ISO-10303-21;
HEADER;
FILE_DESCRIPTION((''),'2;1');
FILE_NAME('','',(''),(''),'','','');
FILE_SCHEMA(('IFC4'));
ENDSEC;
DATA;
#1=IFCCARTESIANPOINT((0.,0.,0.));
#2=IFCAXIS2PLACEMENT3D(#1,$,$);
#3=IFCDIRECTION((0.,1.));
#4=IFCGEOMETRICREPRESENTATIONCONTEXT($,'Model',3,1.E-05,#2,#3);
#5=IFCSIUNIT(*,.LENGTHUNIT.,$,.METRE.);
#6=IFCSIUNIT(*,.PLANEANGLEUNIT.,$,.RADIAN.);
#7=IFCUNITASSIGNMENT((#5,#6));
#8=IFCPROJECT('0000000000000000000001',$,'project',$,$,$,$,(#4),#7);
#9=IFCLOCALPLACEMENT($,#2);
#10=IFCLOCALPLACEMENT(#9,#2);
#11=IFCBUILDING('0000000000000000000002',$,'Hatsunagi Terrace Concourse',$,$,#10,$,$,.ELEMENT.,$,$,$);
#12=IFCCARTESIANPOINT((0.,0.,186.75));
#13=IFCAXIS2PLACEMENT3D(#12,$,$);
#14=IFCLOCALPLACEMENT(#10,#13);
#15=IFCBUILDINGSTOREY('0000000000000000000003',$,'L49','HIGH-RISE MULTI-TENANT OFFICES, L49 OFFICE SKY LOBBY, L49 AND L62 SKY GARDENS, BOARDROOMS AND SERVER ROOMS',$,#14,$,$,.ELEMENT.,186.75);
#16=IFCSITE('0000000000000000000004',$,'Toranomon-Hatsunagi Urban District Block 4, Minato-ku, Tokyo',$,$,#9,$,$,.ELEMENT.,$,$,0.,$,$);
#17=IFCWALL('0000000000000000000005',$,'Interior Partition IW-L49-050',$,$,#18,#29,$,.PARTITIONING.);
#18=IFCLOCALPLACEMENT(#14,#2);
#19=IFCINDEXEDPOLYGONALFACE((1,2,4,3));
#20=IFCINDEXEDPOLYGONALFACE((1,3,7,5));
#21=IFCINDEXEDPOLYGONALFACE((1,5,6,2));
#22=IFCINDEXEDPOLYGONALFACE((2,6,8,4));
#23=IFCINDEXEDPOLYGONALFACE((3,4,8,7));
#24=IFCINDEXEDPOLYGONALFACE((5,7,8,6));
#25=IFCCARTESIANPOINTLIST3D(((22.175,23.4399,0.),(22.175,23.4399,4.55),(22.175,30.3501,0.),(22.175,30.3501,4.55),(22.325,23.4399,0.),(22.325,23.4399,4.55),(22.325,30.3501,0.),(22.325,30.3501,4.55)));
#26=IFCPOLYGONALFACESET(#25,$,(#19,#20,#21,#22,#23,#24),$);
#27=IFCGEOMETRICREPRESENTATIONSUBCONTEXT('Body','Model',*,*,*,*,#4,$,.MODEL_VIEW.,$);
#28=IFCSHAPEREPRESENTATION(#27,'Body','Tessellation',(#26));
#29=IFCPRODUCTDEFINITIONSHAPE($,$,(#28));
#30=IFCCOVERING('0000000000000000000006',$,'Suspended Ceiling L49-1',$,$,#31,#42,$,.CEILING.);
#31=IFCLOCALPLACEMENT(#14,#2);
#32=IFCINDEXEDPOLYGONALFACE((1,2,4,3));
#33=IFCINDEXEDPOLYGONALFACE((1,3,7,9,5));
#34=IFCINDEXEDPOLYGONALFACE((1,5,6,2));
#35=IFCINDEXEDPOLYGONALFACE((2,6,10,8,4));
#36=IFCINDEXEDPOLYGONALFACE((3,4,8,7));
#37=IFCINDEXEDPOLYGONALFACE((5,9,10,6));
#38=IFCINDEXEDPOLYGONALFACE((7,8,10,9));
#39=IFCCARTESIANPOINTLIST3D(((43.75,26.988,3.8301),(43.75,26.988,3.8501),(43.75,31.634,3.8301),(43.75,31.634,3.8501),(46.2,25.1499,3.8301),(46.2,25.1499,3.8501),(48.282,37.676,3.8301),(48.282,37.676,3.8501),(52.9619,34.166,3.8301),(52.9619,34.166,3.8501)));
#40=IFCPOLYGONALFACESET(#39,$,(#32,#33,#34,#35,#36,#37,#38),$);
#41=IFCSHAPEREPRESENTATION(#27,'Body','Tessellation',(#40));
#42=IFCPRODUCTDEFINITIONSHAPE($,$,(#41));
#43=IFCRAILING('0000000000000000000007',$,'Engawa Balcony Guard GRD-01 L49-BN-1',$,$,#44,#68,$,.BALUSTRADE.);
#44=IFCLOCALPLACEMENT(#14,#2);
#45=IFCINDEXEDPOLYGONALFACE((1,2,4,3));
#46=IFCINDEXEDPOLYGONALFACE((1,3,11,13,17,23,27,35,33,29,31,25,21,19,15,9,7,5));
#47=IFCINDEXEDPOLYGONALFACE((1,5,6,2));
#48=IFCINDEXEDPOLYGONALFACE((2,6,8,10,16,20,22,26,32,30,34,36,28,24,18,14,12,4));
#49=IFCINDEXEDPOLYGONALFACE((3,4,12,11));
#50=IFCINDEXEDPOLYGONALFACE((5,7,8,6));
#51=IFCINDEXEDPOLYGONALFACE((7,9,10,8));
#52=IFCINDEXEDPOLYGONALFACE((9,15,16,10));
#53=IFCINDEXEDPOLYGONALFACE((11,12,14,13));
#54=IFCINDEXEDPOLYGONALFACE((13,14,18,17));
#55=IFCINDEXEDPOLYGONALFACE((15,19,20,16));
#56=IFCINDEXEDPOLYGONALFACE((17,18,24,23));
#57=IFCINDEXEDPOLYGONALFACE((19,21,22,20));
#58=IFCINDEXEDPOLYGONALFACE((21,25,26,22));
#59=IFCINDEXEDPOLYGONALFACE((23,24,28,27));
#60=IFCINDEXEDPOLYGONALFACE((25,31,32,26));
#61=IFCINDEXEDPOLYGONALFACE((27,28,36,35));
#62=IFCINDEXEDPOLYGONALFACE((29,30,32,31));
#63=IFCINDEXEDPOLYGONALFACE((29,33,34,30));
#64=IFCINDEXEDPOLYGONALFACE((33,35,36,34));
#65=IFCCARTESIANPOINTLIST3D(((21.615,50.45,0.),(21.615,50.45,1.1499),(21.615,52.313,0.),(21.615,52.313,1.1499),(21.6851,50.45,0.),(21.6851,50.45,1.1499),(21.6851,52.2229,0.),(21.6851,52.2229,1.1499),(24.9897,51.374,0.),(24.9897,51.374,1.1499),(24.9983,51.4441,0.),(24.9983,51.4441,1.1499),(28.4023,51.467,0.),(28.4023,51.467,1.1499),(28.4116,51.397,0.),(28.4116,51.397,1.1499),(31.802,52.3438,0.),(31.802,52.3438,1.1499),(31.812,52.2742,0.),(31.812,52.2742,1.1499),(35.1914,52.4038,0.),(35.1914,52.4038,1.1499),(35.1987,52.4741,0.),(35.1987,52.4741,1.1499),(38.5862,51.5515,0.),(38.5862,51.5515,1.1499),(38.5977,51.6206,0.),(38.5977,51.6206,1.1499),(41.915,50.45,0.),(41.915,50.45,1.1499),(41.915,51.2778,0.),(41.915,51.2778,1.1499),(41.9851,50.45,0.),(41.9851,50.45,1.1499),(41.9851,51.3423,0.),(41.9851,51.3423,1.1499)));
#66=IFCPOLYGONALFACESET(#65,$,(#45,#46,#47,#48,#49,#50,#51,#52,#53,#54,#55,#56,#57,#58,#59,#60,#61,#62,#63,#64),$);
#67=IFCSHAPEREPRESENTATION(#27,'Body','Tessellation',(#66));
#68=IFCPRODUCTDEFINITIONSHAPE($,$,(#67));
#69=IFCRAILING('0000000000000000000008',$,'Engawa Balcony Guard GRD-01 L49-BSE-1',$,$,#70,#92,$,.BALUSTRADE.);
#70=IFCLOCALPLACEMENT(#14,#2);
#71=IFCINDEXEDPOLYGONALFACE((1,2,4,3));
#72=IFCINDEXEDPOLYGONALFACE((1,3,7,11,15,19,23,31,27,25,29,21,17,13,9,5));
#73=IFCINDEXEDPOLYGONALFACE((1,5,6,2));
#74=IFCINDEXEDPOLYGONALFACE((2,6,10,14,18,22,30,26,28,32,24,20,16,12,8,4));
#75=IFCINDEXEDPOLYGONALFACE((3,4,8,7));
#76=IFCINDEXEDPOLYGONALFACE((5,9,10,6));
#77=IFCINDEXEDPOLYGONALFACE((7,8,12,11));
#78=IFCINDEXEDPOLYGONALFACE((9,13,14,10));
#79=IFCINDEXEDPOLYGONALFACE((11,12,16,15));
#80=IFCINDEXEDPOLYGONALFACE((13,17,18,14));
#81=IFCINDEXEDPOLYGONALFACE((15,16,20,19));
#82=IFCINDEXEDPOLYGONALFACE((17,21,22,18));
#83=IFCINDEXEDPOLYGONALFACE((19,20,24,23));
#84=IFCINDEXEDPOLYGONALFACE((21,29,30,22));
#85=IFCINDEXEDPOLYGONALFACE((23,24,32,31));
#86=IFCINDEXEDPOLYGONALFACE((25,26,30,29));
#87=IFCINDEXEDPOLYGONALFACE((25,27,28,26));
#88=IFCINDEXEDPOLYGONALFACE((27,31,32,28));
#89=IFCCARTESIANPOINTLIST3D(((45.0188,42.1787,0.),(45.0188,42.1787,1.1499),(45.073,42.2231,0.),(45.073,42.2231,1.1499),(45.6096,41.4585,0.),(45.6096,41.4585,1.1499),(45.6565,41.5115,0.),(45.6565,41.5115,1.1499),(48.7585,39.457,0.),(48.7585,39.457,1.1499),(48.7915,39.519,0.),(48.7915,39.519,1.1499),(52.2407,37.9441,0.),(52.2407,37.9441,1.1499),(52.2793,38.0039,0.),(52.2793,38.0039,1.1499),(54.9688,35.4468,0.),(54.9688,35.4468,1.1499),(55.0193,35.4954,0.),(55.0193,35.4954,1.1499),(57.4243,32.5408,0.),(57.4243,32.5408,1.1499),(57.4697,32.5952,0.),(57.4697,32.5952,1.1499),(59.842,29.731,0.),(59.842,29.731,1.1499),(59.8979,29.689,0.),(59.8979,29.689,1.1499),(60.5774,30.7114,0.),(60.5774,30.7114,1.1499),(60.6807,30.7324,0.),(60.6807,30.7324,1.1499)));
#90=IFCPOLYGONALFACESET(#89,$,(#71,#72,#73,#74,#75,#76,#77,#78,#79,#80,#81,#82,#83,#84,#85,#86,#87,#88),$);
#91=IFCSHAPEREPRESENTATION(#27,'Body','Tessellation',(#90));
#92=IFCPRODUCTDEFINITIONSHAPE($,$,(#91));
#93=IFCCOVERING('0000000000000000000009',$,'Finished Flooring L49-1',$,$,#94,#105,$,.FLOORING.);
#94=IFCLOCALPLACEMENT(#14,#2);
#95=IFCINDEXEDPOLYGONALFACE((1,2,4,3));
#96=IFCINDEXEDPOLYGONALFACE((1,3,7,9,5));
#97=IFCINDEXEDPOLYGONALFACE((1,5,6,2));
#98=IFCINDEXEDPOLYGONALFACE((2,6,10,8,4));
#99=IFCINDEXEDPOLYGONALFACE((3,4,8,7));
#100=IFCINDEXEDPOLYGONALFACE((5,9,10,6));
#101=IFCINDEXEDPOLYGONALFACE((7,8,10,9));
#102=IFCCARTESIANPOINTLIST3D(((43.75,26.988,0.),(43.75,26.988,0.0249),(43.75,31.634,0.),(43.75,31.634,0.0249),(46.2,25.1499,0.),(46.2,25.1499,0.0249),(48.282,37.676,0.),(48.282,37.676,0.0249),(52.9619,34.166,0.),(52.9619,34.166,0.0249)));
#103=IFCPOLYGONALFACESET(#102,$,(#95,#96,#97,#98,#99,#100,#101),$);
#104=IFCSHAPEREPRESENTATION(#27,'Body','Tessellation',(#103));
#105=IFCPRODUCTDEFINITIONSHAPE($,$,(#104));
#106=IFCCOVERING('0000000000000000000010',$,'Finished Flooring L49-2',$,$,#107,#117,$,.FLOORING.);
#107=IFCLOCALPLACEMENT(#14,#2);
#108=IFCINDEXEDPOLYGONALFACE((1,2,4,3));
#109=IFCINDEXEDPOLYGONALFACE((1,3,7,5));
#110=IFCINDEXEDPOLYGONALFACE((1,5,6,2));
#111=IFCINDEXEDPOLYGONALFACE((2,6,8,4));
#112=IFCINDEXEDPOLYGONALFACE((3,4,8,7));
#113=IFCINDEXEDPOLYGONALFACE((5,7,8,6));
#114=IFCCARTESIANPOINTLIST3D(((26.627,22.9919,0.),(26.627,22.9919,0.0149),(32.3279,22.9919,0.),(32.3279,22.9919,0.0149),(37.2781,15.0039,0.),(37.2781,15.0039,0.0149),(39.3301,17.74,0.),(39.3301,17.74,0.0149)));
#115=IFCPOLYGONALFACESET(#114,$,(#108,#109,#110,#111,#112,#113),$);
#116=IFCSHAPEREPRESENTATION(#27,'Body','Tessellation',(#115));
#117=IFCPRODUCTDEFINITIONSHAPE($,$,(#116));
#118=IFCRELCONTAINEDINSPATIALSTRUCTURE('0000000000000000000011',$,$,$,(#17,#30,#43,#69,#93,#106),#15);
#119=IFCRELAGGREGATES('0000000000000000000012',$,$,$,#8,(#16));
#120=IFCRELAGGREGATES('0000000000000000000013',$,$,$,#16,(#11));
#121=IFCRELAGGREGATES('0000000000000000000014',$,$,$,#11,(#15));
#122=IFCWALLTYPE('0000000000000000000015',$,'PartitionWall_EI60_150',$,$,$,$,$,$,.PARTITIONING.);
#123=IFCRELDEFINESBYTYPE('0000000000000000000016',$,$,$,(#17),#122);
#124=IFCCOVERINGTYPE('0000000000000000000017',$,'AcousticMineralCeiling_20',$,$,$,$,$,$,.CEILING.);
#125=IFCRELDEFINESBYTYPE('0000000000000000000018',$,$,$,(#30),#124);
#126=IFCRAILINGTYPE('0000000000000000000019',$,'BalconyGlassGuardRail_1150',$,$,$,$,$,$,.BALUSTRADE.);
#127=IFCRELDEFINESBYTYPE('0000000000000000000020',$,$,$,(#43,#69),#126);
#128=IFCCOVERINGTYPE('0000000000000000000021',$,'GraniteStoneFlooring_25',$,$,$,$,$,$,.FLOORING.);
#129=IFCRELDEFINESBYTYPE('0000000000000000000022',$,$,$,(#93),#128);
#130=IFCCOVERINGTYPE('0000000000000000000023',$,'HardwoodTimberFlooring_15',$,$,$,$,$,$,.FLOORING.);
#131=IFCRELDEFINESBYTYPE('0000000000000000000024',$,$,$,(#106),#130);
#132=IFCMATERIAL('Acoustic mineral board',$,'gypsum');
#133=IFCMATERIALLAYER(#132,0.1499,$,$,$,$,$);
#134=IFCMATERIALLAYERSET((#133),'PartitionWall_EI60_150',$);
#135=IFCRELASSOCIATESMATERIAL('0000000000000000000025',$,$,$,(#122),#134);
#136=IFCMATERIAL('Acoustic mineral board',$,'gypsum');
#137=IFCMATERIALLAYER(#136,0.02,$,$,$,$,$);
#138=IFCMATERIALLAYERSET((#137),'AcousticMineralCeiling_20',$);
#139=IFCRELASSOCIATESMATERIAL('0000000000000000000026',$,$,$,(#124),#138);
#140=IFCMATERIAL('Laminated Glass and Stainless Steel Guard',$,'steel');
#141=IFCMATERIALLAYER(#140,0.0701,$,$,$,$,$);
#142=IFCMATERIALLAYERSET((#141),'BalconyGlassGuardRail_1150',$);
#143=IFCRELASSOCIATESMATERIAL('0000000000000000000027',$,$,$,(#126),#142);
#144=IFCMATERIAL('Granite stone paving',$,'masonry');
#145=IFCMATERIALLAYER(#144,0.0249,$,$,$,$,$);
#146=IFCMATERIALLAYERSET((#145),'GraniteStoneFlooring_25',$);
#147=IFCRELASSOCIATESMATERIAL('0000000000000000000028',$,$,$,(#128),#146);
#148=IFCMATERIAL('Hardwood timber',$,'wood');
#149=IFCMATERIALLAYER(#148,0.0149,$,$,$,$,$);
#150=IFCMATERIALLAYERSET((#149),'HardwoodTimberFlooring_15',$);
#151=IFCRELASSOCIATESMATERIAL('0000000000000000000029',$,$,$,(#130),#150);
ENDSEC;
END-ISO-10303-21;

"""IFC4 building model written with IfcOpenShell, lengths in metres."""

from ifc_helpers import new_model, si_unit, direction, frame, frame_2d, origin, place, context, subcontext, project, spatial, polyline, rectangle, outline, extrude, material, layer, layer_set, type_object, element, save


model = new_model("IFC4")

# Units and contexts
model_context = context("Model", 3, precision=1e-05, world=origin(), true_north=direction((0.0, 1.0)))
body_context = subcontext(model_context, "Body", "Model", "MODEL_VIEW")
ifc_project = project(units=[si_unit("LENGTHUNIT", "METRE"), si_unit("PLANEANGLEUNIT", "RADIAN")], contexts=[model_context])

# Site, building, storey
site_placement = place(None, origin())
site = spatial("IfcSite", under=ifc_project, at=site_placement, Name="Toranomon-Hatsunagi Urban District Block 4, Minato-ku, Tokyo", CompositionType="ELEMENT", RefElevation=0.0)
building_placement = place(site_placement, origin())
building = spatial("IfcBuilding", under=site, at=building_placement, Name="Hatsunagi Terrace Concourse", CompositionType="ELEMENT")
storey_placement = place(building_placement, frame((0.0, 0.0, 186.75)))
storey = spatial("IfcBuildingStorey", under=building, at=storey_placement, Name="L49", Description="HIGH-RISE MULTI-TENANT OFFICES, L49 OFFICE SKY LOBBY, L49 AND L62 SKY GARDENS, BOARDROOMS AND SERVER ROOMS", CompositionType="ELEMENT", Elevation=186.75)

# Shared definitions
ifc_material_1 = material(Name="Acoustic mineral board", Category="gypsum")
ifc_layer_1 = layer(ifc_material_1, 0.1499)
ifc_layer_set_1 = layer_set([ifc_layer_1], Name="PartitionWall_EI60_150")
wall_type = type_object("IfcWallType", Name="PartitionWall_EI60_150", PredefinedType="PARTITIONING", material=ifc_layer_set_1)

# Wall
wall_1_placement = place(storey_placement, frame((22.25, 23.4399, 0.0), z_axis=(0.0, 0.0, 1.0), x_axis=(0.0, 1.0, 0.0)))
element("IfcWall", 1, at=wall_1_placement, inside=storey, type_object=wall_type, Name="Interior Partition IW-L49-050", PredefinedType="PARTITIONING", context=body_context, shape_type="SweptSolid", body=[
    extrude(rectangle(XDim=6.9102, YDim=0.1499, at=frame_2d((3.4551, 0.0))), origin(), (0.0, 0.0, 1.0), 4.55),
])

# Covering
ifc_material_2 = material(Name="Acoustic mineral board", Category="gypsum")
ifc_layer_2 = layer(ifc_material_2, 0.02)
ifc_layer_set_2 = layer_set([ifc_layer_2], Name="AcousticMineralCeiling_20")
covering_type_1 = type_object("IfcCoveringType", Name="AcousticMineralCeiling_20", PredefinedType="CEILING", material=ifc_layer_set_2)
covering_1_placement = place(storey_placement, frame((0.0, 0.0, 3.8301)))
element("IfcCovering", 2, at=covering_1_placement, inside=storey, type_object=covering_type_1, Name="Suspended Ceiling L49-1", PredefinedType="CEILING", context=body_context, shape_type="SweptSolid", body=[
    extrude(outline(polyline([(48.282, 37.676), (43.75, 31.634), (43.75, 26.988), (46.2, 25.1499), (52.9619, 34.166), (48.282, 37.676)])), origin(), (0.0, 0.0, 1.0), 0.02),
])

# Railings
ifc_material_3 = material(Name="Laminated Glass and Stainless Steel Guard", Category="steel")
ifc_layer_3 = layer(ifc_material_3, 0.0701)
ifc_layer_set_3 = layer_set([ifc_layer_3], Name="BalconyGlassGuardRail_1150")
railing_type_1 = type_object("IfcRailingType", Name="BalconyGlassGuardRail_1150", PredefinedType="BALUSTRADE", material=ifc_layer_set_3)
railing_1_placement = place(storey_placement, origin())
element("IfcRailing", 3, at=railing_1_placement, inside=storey, type_object=railing_type_1, Name="Engawa Balcony Guard GRD-01 L49-BN-1", PredefinedType="BALUSTRADE", context=body_context, shape_type="SweptSolid", body=[
    extrude(outline(polyline([(21.615, 50.45), (21.6851, 50.45), (21.6851, 52.2229), (24.9897, 51.374), (28.4116, 51.397), (31.812, 52.2742), (35.1914, 52.4038), (38.5862, 51.5515), (41.915, 51.2778), (41.915, 50.45), (41.9851, 50.45), (41.9851, 51.3423), (38.5977, 51.6206), (35.1987, 52.4741), (31.802, 52.3438), (28.4023, 51.467), (24.9983, 51.4441), (21.615, 52.313), (21.615, 50.45)])), origin(), (0.0, 0.0, 1.0), 1.1499),
])
railing_2_placement = place(storey_placement, origin())
element("IfcRailing", 4, at=railing_2_placement, inside=storey, type_object=railing_type_1, Name="Engawa Balcony Guard GRD-01 L49-BSE-1", PredefinedType="BALUSTRADE", context=body_context, shape_type="SweptSolid", body=[
    extrude(outline(polyline([(45.073, 42.2231), (45.0188, 42.1787), (45.6096, 41.4585), (48.7585, 39.457), (52.2407, 37.9441), (54.9688, 35.4468), (57.4243, 32.5408), (60.5774, 30.7114), (59.842, 29.731), (59.8979, 29.689), (60.6807, 30.7324), (57.4697, 32.5952), (55.0193, 35.4954), (52.2793, 38.0039), (48.7915, 39.519), (45.6565, 41.5115), (45.073, 42.2231)])), origin(), (0.0, 0.0, 1.0), 1.1499),
])

# Coverings
ifc_material_4 = material(Name="Granite stone paving", Category="masonry")
ifc_layer_4 = layer(ifc_material_4, 0.0249)
ifc_layer_set_4 = layer_set([ifc_layer_4], Name="GraniteStoneFlooring_25")
covering_type_2 = type_object("IfcCoveringType", Name="GraniteStoneFlooring_25", PredefinedType="FLOORING", material=ifc_layer_set_4)
covering_2_placement = place(storey_placement, origin())
element("IfcCovering", 5, at=covering_2_placement, inside=storey, type_object=covering_type_2, Name="Finished Flooring L49-1", PredefinedType="FLOORING", context=body_context, shape_type="SweptSolid", body=[
    extrude(outline(polyline([(48.282, 37.676), (43.75, 31.634), (43.75, 26.988), (46.2, 25.1499), (52.9619, 34.166), (48.282, 37.676)])), origin(), (0.0, 0.0, 1.0), 0.0249),
])
ifc_material_5 = material(Name="Hardwood timber", Category="wood")
ifc_layer_5 = layer(ifc_material_5, 0.0149)
ifc_layer_set_5 = layer_set([ifc_layer_5], Name="HardwoodTimberFlooring_15")
covering_type_3 = type_object("IfcCoveringType", Name="HardwoodTimberFlooring_15", PredefinedType="FLOORING", material=ifc_layer_set_5)
covering_3_placement = place(storey_placement, origin())
element("IfcCovering", 6, at=covering_3_placement, inside=storey, type_object=covering_type_3, Name="Finished Flooring L49-2", PredefinedType="FLOORING", context=body_context, shape_type="SweptSolid", body=[
    extrude(outline(polyline([(26.627, 22.9919), (37.2781, 15.0039), (39.3301, 17.74), (32.3279, 22.9919), (26.627, 22.9919)])), origin(), (0.0, 0.0, 1.0), 0.0149),
])

save(model, "model.ifc")
